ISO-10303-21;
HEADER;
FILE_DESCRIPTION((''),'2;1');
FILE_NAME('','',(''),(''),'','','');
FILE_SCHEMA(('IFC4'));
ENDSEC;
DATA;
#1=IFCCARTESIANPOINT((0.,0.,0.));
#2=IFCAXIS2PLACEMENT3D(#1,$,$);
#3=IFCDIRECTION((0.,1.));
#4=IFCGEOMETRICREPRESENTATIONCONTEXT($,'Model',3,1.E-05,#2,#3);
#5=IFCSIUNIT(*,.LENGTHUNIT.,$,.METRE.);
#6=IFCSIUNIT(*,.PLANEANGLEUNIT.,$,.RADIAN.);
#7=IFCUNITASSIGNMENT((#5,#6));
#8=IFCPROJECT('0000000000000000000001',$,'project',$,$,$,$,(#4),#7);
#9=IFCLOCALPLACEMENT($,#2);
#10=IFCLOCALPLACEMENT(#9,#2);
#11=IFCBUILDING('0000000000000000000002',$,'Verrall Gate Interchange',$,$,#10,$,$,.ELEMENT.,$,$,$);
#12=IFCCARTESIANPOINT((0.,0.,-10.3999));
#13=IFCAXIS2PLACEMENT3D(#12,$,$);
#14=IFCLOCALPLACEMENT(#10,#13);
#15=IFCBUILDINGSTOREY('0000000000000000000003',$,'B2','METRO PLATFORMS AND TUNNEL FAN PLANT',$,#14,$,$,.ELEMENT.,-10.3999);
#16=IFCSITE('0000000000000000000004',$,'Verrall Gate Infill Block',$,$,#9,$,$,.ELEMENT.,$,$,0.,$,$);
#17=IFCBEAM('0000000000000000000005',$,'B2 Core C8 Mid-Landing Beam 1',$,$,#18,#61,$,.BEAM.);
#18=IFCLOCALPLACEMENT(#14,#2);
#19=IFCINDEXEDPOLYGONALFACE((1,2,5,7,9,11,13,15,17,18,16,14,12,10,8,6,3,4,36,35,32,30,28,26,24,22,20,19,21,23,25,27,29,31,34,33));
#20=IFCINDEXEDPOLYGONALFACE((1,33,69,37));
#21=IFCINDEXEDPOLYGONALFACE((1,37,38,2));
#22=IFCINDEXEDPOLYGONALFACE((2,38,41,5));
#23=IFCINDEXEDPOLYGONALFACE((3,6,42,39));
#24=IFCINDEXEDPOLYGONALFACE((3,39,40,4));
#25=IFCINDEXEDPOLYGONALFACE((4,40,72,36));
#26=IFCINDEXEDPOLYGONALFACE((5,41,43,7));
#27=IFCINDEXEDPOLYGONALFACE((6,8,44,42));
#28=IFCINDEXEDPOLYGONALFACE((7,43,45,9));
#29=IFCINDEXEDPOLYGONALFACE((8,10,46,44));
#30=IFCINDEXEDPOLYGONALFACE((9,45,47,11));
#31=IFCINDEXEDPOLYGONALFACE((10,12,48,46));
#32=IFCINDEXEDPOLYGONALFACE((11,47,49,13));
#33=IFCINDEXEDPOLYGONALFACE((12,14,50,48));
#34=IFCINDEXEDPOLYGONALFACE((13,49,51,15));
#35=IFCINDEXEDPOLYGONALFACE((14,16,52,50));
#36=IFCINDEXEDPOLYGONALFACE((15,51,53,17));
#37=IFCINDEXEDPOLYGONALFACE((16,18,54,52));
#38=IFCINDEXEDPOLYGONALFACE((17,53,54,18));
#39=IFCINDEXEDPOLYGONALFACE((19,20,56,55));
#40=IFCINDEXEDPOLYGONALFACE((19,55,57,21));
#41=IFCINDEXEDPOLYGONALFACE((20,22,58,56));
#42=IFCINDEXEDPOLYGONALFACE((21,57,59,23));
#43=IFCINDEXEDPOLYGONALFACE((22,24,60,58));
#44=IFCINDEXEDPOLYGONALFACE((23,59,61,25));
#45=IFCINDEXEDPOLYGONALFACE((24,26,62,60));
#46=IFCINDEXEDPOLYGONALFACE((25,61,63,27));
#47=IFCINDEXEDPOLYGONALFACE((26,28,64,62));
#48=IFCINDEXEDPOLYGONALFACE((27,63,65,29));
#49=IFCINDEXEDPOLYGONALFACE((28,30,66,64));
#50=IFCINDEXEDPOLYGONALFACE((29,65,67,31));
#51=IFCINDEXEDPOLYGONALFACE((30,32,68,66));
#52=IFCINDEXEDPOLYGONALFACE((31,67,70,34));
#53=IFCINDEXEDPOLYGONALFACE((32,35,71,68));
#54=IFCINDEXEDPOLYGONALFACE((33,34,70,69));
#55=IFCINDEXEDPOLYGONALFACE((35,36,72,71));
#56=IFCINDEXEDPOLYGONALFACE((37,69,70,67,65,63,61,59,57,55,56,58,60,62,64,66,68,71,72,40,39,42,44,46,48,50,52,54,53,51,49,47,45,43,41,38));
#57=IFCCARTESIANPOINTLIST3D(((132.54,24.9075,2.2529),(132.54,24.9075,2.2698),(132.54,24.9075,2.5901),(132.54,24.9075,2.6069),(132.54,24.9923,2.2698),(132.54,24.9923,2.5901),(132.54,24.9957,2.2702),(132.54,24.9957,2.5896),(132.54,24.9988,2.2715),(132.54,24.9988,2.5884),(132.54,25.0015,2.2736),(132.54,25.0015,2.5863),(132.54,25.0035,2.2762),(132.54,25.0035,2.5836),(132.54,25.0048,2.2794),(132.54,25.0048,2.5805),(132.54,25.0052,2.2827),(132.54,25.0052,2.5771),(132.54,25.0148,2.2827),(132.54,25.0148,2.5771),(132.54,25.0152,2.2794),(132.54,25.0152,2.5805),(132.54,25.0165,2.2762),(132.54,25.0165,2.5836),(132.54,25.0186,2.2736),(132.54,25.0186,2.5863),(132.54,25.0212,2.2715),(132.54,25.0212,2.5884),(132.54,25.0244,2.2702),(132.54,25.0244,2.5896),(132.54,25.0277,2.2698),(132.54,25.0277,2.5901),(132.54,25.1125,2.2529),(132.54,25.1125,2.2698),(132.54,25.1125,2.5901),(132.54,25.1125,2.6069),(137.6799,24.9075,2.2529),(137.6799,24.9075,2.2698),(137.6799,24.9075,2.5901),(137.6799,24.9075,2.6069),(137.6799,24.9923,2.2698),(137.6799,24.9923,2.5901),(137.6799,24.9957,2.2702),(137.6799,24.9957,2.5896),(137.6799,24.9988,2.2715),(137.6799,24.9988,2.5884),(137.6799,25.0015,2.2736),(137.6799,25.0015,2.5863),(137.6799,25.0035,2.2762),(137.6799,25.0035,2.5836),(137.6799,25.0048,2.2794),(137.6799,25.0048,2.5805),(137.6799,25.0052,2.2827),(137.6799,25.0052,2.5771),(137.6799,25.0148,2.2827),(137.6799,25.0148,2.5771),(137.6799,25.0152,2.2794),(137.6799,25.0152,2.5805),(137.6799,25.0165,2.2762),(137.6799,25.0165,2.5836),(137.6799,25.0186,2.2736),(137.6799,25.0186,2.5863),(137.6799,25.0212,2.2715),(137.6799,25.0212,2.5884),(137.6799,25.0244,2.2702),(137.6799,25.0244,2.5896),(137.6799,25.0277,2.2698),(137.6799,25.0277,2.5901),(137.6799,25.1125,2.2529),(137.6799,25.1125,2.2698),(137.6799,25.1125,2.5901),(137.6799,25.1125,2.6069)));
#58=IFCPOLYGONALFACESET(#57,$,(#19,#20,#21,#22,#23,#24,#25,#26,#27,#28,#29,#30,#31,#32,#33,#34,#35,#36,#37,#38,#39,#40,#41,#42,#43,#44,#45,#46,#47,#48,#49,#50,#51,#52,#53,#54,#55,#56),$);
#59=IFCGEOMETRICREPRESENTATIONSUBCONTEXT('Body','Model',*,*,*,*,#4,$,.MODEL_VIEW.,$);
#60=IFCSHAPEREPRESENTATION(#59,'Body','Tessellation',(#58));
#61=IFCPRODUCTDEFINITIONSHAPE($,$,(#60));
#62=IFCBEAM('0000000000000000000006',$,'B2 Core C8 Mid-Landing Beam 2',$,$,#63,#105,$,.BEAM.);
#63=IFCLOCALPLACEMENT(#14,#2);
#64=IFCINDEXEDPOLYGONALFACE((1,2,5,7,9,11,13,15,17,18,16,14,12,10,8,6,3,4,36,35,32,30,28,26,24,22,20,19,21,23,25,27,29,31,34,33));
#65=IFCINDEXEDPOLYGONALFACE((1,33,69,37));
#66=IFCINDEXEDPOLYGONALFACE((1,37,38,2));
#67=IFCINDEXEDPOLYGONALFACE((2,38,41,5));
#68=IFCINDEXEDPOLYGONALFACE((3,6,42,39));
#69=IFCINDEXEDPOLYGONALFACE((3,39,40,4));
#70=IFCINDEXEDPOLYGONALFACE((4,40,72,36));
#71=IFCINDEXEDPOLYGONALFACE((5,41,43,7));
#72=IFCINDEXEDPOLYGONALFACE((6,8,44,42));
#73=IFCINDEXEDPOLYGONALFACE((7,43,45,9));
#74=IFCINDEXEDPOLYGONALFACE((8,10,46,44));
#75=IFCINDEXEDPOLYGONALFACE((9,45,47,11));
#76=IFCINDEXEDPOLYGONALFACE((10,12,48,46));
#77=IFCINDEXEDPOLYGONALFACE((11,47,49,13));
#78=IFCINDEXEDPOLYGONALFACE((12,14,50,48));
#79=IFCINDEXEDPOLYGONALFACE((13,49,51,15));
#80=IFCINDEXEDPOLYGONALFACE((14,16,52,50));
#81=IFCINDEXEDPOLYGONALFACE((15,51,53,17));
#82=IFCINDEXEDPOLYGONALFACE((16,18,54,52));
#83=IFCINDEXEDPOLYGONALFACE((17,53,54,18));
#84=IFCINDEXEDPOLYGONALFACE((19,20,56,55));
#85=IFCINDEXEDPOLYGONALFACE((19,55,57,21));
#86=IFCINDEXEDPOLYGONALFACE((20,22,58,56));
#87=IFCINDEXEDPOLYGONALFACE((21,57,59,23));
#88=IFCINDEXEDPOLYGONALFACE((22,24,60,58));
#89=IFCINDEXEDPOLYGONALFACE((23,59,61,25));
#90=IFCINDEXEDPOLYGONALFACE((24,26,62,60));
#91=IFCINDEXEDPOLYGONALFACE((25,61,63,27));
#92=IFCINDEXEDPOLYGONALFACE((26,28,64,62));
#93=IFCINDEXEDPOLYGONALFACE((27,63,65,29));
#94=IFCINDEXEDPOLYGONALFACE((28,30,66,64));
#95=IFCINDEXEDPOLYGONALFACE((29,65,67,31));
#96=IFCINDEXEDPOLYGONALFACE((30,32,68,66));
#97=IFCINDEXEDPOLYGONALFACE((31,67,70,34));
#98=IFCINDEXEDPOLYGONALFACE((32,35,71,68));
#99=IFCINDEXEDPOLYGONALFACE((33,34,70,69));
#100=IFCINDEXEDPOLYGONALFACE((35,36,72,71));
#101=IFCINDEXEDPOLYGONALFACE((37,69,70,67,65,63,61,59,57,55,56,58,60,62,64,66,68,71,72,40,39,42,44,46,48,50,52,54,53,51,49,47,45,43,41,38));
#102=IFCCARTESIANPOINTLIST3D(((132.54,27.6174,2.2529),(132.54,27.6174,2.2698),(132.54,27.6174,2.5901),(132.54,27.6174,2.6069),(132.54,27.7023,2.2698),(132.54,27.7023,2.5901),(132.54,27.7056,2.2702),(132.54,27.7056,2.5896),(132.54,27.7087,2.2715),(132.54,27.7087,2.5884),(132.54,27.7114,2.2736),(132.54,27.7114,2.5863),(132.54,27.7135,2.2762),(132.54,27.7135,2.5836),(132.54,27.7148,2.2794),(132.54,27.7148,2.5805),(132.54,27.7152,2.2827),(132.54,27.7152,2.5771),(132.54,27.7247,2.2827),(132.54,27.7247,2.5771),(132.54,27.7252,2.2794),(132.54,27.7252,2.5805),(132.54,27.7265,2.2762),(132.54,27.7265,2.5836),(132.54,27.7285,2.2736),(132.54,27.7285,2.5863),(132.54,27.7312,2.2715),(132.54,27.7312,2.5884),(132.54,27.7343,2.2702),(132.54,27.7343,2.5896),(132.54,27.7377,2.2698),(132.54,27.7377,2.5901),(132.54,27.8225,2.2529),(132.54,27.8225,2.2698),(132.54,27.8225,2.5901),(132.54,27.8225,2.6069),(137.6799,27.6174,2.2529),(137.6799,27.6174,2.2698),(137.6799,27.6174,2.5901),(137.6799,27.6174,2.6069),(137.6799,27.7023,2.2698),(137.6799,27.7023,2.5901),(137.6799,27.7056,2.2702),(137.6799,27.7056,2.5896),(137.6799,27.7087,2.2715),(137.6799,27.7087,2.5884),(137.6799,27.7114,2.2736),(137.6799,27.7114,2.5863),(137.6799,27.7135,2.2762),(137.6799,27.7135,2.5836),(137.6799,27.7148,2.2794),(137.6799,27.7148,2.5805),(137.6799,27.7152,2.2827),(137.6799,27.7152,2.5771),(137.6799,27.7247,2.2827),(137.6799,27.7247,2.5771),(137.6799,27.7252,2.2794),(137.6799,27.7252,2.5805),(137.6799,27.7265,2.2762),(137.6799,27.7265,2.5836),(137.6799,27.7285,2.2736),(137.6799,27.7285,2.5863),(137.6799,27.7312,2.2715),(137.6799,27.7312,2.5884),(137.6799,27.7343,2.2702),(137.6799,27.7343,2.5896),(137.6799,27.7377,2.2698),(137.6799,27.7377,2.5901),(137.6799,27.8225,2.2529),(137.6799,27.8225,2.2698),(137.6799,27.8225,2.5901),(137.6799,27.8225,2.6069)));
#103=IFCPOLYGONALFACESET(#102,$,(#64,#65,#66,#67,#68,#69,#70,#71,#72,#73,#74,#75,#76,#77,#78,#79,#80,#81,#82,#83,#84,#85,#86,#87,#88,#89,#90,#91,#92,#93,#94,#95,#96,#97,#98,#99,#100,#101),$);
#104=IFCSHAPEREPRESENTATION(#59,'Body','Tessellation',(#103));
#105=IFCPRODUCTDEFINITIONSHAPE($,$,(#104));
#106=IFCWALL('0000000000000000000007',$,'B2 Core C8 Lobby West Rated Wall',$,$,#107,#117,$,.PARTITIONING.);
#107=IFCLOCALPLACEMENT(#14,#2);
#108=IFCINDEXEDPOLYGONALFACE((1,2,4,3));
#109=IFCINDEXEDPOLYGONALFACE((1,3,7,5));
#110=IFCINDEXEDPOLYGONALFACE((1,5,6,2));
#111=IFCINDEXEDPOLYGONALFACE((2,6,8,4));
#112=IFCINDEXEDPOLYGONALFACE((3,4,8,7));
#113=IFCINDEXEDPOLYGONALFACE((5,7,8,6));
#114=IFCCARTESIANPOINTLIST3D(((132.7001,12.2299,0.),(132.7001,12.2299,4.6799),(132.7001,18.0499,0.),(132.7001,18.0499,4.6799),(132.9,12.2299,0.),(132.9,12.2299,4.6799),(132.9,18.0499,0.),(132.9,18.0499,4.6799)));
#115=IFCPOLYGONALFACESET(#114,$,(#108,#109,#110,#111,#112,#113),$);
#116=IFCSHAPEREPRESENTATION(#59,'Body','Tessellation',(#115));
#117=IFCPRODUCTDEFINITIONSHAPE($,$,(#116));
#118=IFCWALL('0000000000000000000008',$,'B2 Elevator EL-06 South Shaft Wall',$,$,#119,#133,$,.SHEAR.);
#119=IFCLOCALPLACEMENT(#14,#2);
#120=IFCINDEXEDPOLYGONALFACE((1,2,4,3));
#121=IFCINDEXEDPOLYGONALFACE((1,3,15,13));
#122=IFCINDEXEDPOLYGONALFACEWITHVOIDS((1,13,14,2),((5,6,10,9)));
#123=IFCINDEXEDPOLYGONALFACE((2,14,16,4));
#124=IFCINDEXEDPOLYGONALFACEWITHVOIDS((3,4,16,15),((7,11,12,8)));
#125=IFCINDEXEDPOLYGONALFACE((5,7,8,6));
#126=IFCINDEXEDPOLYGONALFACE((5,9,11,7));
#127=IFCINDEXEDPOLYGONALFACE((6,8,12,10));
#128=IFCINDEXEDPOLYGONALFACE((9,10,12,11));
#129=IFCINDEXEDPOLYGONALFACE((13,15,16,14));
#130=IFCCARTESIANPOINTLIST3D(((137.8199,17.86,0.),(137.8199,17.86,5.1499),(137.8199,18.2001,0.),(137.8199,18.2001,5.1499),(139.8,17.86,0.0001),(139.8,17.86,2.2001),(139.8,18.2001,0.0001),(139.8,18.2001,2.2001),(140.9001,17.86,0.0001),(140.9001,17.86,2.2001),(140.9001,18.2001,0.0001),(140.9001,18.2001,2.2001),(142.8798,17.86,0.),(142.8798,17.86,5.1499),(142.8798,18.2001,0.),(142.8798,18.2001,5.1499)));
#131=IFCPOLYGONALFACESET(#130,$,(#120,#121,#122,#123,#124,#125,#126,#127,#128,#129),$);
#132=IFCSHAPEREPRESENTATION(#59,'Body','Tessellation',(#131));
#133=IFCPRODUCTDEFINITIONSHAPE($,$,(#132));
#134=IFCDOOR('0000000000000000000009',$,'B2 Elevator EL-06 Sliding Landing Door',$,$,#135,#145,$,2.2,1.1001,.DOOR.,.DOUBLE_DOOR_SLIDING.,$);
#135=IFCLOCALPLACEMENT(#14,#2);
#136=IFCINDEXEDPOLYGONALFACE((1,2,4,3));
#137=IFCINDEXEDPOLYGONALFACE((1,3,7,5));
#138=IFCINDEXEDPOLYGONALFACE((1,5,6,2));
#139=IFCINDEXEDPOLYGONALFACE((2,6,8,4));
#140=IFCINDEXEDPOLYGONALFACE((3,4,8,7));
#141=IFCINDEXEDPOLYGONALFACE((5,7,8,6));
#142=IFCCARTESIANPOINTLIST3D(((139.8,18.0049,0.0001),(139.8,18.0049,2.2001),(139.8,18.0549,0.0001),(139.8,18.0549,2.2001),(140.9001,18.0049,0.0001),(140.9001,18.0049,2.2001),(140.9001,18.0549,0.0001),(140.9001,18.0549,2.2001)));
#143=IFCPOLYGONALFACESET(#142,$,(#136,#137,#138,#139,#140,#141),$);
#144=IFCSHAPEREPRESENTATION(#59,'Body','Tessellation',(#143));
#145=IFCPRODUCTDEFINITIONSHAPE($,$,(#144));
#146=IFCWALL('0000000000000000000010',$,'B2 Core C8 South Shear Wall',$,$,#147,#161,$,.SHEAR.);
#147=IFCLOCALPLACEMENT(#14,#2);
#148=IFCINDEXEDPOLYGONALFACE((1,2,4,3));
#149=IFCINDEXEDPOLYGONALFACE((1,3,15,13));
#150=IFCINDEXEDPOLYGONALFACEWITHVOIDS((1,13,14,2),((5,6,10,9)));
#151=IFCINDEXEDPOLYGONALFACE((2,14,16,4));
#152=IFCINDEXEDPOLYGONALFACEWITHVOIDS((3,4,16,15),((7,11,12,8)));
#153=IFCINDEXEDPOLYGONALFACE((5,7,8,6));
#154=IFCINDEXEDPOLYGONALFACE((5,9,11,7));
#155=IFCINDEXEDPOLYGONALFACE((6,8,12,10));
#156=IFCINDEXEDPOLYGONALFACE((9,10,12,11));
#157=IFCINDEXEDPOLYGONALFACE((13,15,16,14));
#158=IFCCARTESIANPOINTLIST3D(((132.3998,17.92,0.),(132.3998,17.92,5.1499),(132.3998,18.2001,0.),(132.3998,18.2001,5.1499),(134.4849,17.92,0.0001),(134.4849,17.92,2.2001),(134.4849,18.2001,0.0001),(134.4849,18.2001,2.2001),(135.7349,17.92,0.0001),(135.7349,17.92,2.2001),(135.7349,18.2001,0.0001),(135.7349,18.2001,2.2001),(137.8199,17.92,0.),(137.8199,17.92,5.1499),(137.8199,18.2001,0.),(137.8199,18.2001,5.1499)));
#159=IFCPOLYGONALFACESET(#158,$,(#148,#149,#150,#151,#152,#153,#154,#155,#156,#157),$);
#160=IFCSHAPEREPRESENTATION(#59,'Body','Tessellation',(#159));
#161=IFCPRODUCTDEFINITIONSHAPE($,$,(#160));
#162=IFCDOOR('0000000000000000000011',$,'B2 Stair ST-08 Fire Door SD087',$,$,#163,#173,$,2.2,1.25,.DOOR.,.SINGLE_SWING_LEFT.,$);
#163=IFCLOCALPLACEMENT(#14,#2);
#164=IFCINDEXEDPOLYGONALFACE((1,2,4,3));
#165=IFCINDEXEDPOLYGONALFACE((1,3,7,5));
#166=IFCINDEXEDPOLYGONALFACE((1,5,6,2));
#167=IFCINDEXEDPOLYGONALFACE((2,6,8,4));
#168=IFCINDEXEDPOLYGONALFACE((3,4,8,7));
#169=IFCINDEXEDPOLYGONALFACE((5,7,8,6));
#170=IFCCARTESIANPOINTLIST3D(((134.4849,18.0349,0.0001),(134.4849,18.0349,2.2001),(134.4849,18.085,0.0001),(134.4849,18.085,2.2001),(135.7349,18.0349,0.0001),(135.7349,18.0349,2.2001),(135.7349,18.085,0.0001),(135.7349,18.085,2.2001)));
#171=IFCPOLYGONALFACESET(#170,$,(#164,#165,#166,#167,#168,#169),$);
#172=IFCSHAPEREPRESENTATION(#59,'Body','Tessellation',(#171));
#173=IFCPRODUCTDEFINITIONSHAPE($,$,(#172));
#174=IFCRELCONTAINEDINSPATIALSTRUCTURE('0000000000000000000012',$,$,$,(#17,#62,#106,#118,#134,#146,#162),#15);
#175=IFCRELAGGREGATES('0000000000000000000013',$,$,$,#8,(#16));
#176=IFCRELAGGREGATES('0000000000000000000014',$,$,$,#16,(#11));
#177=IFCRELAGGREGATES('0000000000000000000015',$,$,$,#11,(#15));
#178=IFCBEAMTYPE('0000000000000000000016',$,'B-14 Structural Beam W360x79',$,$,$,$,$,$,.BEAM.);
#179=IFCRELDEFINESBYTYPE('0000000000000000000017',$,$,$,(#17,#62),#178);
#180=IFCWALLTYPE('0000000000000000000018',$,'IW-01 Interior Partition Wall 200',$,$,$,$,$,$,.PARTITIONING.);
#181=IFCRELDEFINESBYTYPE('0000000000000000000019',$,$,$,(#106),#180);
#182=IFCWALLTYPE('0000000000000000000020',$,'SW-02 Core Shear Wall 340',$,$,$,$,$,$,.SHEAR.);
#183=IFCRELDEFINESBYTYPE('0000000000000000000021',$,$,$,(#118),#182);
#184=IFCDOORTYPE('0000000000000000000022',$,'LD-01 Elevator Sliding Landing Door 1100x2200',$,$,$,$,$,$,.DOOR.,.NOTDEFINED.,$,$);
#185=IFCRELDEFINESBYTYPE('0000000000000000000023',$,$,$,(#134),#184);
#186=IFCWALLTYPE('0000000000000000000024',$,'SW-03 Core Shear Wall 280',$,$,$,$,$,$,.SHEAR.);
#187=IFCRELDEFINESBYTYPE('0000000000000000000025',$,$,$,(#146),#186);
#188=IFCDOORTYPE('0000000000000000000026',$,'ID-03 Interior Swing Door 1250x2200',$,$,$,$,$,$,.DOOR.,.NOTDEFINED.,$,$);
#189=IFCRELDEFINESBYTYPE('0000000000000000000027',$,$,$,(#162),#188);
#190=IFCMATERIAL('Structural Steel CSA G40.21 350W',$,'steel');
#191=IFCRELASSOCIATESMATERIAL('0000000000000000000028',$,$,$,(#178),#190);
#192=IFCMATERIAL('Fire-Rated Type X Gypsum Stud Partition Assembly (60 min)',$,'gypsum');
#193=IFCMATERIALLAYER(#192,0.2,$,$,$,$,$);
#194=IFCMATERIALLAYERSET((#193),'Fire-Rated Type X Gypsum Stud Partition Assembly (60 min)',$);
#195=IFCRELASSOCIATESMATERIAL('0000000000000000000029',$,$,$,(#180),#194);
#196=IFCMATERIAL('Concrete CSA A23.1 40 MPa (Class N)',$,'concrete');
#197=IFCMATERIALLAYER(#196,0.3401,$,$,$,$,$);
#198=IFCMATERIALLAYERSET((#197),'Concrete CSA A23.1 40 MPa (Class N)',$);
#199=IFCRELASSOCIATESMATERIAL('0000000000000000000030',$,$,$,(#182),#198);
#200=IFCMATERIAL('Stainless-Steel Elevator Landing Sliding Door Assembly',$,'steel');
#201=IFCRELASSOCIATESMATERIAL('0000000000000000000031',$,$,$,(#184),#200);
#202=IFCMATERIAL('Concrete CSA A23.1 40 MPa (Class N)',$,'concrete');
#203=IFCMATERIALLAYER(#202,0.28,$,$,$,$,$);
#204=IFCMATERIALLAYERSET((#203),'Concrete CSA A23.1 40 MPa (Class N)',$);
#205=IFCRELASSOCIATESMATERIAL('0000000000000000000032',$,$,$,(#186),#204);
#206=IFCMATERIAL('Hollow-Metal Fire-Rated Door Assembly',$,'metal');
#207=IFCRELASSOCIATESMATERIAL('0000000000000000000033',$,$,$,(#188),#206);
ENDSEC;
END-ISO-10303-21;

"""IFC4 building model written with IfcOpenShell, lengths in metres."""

from ifc_helpers import new_model, si_unit, direction, frame, frame_2d, origin, origin_2d, place, context, subcontext, project, spatial, rectangle, i_section, extrude, material, layer, layer_set, material_profile, profile_set, type_object, element, fill, save


model = new_model("IFC4")

# Units and contexts
model_context = context("Model", 3, precision=1e-05, world=origin(), true_north=direction((0.0, 1.0)))
body_context = subcontext(model_context, "Body", "Model", "MODEL_VIEW")
ifc_project = project(units=[si_unit("LENGTHUNIT", "METRE"), si_unit("PLANEANGLEUNIT", "RADIAN")], contexts=[model_context])

# Site, building, storey
site_placement = place(None, origin())
site = spatial("IfcSite", under=ifc_project, at=site_placement, Name="Verrall Gate Infill Block", CompositionType="ELEMENT", RefElevation=0.0)
building_placement = place(site_placement, origin())
building = spatial("IfcBuilding", under=site, at=building_placement, Name="Verrall Gate Interchange", CompositionType="ELEMENT")
storey_placement = place(building_placement, frame((0.0, 0.0, -10.3999)))
storey = spatial("IfcBuildingStorey", under=building, at=storey_placement, Name="B2", Description="METRO PLATFORMS AND TUNNEL FAN PLANT", CompositionType="ELEMENT", Elevation=-10.3999)

# Beams
ifc_material_1 = material(Name="Structural Steel CSA G40.21 350W", Category="steel")
ifc_material_profile_1 = material_profile(ifc_material_1, i_section(OverallWidth=0.2051, OverallDepth=0.354, WebThickness=0.0095, FlangeThickness=0.0168, FilletRadius=0.0129, at=origin_2d()), Name="W360x79")
ifc_profile_set_1 = profile_set([ifc_material_profile_1], Name="Structural Steel CSA G40.21 350W")
beam_type = type_object("IfcBeamType", Name="B-14 Structural Beam W360x79", PredefinedType="BEAM", material=ifc_profile_set_1)
for number, where, z_axis, x_axis, name in (
    (1, (132.54, 25.01, 2.4299), (1.0, 0.0, 0.0), (0.0, 1.0, 0.0), "B2 Core C8 Mid-Landing Beam 1"),
    (2, (132.54, 27.72, 2.4299), (1.0, 0.0, 0.0), (0.0, 1.0, 0.0), "B2 Core C8 Mid-Landing Beam 2"),
):
    element("IfcBeam", number, at=place(storey_placement, frame(where, z_axis=z_axis, x_axis=x_axis)), inside=storey, type_object=beam_type, Name=name, PredefinedType="BEAM", context=body_context, shape_type="SweptSolid", body=[
        extrude(i_section(OverallWidth=0.2051, OverallDepth=0.354, WebThickness=0.0095, FlangeThickness=0.0168, FilletRadius=0.0129, at=origin_2d()), origin(), (0.0, 0.0, 1.0), 5.1399),
    ])

# Wall
ifc_material_2 = material(Name="Fire-Rated Type X Gypsum Stud Partition Assembly (60 min)", Category="gypsum")
ifc_layer_1 = layer(ifc_material_2, 0.2)
ifc_layer_set_1 = layer_set([ifc_layer_1], Name="Fire-Rated Type X Gypsum Stud Partition Assembly (60 min)")
wall_type_1 = type_object("IfcWallType", Name="IW-01 Interior Partition Wall 200", PredefinedType="PARTITIONING", material=ifc_layer_set_1)
wall_1_placement = place(storey_placement, frame((132.8, 18.05, 0.0), z_axis=(0.0, 0.0, 1.0), x_axis=(0.0, -1.0, 0.0)))
element("IfcWall", 3, at=wall_1_placement, inside=storey, type_object=wall_type_1, Name="B2 Core C8 Lobby West Rated Wall", PredefinedType="PARTITIONING", context=body_context, shape_type="SweptSolid", body=[
    extrude(rectangle(XDim=5.8201, YDim=0.2, at=frame_2d((2.9102, 0.0))), origin(), (0.0, 0.0, 1.0), 4.6799),
])

# Walls, openings, doors
ifc_material_3 = material(Name="Concrete CSA A23.1 40 MPa (Class N)", Category="concrete")
ifc_layer_2 = layer(ifc_material_3, 0.3401)
ifc_layer_set_2 = layer_set([ifc_layer_2], Name="Concrete CSA A23.1 40 MPa (Class N)")
wall_type_2 = type_object("IfcWallType", Name="SW-02 Core Shear Wall 340", PredefinedType="SHEAR", material=ifc_layer_set_2)
wall_2_placement = place(storey_placement, frame((137.8201, 18.03, 0.0), z_axis=(0.0, 0.0, 1.0), x_axis=(1.0, 0.0, 0.0)))
wall_2 = element("IfcWall", 4, at=wall_2_placement, inside=storey, type_object=wall_type_2, Name="B2 Elevator EL-06 South Shaft Wall", PredefinedType="SHEAR", context=body_context, shape_type="SweptSolid", body=[
    extrude(rectangle(XDim=5.0598, YDim=0.3401, at=frame_2d((2.5298, 0.0))), origin(), (0.0, 0.0, 1.0), 5.1499),
])
opening_1_placement = place(wall_2_placement, frame((1.98, 0.0, 0.0)))
opening_1 = element("IfcOpeningElement", 5, at=opening_1_placement, cuts=wall_2, PredefinedType="OPENING", context=body_context, shape_type="SweptSolid", body=[
    extrude(rectangle(XDim=1.1001, YDim=2.2, at=frame_2d((0.55, 1.1001))), frame((0.0, 0.1851, 0.0), z_axis=(0.0, -1.0, 0.0), x_axis=(1.0, 0.0, 0.0)), (0.0, 0.0, 1.0), 0.3699),
])
ifc_material_4 = material(Name="Stainless-Steel Elevator Landing Sliding Door Assembly", Category="steel")
door_type_1 = type_object("IfcDoorType", Name="LD-01 Elevator Sliding Landing Door 1100x2200", OperationType="NOTDEFINED", PredefinedType="DOOR", material=ifc_material_4)
door_1_placement = place(opening_1_placement, origin())
door_1 = element("IfcDoor", 6, at=door_1_placement, inside=storey, type_object=door_type_1, Name="B2 Elevator EL-06 Sliding Landing Door", OperationType="DOUBLE_DOOR_SLIDING", OverallHeight=2.2, OverallWidth=1.1001, PredefinedType="DOOR", context=body_context, shape_type="SweptSolid", body=[
    extrude(rectangle(XDim=1.1001, YDim=2.2, at=frame_2d((0.55, 1.1001))), frame((0.0, 0.0249, 0.0), z_axis=(0.0, -1.0, 0.0), x_axis=(1.0, 0.0, 0.0)), (0.0, 0.0, 1.0), 0.05),
])
fill(opening_1, door_1)
ifc_material_5 = material(Name="Concrete CSA A23.1 40 MPa (Class N)", Category="concrete")
ifc_layer_3 = layer(ifc_material_5, 0.28)
ifc_layer_set_3 = layer_set([ifc_layer_3], Name="Concrete CSA A23.1 40 MPa (Class N)")
wall_type_3 = type_object("IfcWallType", Name="SW-03 Core Shear Wall 280", PredefinedType="SHEAR", material=ifc_layer_set_3)
wall_3_placement = place(storey_placement, frame((132.3999, 18.0601, 0.0), z_axis=(0.0, 0.0, 1.0), x_axis=(1.0, 0.0, 0.0)))
wall_3 = element("IfcWall", 7, at=wall_3_placement, inside=storey, type_object=wall_type_3, Name="B2 Core C8 South Shear Wall", PredefinedType="SHEAR", context=body_context, shape_type="SweptSolid", body=[
    extrude(rectangle(XDim=5.4202, YDim=0.28, at=frame_2d((2.71, 0.0))), origin(), (0.0, 0.0, 1.0), 5.1499),
])
opening_2_placement = place(wall_3_placement, frame((2.085, 0.0, 0.0)))
opening_2 = element("IfcOpeningElement", 8, at=opening_2_placement, cuts=wall_3, PredefinedType="OPENING", context=body_context, shape_type="SweptSolid", body=[
    extrude(rectangle(XDim=1.25, YDim=2.2, at=frame_2d((0.625, 1.1001))), frame((0.0, 0.1548, 0.0), z_axis=(0.0, -1.0, 0.0), x_axis=(1.0, 0.0, 0.0)), (0.0, 0.0, 1.0), 0.3098),
])
ifc_material_6 = material(Name="Hollow-Metal Fire-Rated Door Assembly", Category="metal")
door_type_2 = type_object("IfcDoorType", Name="ID-03 Interior Swing Door 1250x2200", OperationType="NOTDEFINED", PredefinedType="DOOR", material=ifc_material_6)
door_2_placement = place(opening_2_placement, origin())
door_2 = element("IfcDoor", 9, at=door_2_placement, inside=storey, type_object=door_type_2, Name="B2 Stair ST-08 Fire Door SD087", OperationType="SINGLE_SWING_LEFT", OverallHeight=2.2, OverallWidth=1.25, PredefinedType="DOOR", context=body_context, shape_type="SweptSolid", body=[
    extrude(rectangle(XDim=1.25, YDim=2.2, at=frame_2d((0.625, 1.1001))), frame((0.0, 0.0249, 0.0), z_axis=(0.0, -1.0, 0.0), x_axis=(1.0, 0.0, 0.0)), (0.0, 0.0, 1.0), 0.05),
])
fill(opening_2, door_2)

save(model, "model.ifc")
